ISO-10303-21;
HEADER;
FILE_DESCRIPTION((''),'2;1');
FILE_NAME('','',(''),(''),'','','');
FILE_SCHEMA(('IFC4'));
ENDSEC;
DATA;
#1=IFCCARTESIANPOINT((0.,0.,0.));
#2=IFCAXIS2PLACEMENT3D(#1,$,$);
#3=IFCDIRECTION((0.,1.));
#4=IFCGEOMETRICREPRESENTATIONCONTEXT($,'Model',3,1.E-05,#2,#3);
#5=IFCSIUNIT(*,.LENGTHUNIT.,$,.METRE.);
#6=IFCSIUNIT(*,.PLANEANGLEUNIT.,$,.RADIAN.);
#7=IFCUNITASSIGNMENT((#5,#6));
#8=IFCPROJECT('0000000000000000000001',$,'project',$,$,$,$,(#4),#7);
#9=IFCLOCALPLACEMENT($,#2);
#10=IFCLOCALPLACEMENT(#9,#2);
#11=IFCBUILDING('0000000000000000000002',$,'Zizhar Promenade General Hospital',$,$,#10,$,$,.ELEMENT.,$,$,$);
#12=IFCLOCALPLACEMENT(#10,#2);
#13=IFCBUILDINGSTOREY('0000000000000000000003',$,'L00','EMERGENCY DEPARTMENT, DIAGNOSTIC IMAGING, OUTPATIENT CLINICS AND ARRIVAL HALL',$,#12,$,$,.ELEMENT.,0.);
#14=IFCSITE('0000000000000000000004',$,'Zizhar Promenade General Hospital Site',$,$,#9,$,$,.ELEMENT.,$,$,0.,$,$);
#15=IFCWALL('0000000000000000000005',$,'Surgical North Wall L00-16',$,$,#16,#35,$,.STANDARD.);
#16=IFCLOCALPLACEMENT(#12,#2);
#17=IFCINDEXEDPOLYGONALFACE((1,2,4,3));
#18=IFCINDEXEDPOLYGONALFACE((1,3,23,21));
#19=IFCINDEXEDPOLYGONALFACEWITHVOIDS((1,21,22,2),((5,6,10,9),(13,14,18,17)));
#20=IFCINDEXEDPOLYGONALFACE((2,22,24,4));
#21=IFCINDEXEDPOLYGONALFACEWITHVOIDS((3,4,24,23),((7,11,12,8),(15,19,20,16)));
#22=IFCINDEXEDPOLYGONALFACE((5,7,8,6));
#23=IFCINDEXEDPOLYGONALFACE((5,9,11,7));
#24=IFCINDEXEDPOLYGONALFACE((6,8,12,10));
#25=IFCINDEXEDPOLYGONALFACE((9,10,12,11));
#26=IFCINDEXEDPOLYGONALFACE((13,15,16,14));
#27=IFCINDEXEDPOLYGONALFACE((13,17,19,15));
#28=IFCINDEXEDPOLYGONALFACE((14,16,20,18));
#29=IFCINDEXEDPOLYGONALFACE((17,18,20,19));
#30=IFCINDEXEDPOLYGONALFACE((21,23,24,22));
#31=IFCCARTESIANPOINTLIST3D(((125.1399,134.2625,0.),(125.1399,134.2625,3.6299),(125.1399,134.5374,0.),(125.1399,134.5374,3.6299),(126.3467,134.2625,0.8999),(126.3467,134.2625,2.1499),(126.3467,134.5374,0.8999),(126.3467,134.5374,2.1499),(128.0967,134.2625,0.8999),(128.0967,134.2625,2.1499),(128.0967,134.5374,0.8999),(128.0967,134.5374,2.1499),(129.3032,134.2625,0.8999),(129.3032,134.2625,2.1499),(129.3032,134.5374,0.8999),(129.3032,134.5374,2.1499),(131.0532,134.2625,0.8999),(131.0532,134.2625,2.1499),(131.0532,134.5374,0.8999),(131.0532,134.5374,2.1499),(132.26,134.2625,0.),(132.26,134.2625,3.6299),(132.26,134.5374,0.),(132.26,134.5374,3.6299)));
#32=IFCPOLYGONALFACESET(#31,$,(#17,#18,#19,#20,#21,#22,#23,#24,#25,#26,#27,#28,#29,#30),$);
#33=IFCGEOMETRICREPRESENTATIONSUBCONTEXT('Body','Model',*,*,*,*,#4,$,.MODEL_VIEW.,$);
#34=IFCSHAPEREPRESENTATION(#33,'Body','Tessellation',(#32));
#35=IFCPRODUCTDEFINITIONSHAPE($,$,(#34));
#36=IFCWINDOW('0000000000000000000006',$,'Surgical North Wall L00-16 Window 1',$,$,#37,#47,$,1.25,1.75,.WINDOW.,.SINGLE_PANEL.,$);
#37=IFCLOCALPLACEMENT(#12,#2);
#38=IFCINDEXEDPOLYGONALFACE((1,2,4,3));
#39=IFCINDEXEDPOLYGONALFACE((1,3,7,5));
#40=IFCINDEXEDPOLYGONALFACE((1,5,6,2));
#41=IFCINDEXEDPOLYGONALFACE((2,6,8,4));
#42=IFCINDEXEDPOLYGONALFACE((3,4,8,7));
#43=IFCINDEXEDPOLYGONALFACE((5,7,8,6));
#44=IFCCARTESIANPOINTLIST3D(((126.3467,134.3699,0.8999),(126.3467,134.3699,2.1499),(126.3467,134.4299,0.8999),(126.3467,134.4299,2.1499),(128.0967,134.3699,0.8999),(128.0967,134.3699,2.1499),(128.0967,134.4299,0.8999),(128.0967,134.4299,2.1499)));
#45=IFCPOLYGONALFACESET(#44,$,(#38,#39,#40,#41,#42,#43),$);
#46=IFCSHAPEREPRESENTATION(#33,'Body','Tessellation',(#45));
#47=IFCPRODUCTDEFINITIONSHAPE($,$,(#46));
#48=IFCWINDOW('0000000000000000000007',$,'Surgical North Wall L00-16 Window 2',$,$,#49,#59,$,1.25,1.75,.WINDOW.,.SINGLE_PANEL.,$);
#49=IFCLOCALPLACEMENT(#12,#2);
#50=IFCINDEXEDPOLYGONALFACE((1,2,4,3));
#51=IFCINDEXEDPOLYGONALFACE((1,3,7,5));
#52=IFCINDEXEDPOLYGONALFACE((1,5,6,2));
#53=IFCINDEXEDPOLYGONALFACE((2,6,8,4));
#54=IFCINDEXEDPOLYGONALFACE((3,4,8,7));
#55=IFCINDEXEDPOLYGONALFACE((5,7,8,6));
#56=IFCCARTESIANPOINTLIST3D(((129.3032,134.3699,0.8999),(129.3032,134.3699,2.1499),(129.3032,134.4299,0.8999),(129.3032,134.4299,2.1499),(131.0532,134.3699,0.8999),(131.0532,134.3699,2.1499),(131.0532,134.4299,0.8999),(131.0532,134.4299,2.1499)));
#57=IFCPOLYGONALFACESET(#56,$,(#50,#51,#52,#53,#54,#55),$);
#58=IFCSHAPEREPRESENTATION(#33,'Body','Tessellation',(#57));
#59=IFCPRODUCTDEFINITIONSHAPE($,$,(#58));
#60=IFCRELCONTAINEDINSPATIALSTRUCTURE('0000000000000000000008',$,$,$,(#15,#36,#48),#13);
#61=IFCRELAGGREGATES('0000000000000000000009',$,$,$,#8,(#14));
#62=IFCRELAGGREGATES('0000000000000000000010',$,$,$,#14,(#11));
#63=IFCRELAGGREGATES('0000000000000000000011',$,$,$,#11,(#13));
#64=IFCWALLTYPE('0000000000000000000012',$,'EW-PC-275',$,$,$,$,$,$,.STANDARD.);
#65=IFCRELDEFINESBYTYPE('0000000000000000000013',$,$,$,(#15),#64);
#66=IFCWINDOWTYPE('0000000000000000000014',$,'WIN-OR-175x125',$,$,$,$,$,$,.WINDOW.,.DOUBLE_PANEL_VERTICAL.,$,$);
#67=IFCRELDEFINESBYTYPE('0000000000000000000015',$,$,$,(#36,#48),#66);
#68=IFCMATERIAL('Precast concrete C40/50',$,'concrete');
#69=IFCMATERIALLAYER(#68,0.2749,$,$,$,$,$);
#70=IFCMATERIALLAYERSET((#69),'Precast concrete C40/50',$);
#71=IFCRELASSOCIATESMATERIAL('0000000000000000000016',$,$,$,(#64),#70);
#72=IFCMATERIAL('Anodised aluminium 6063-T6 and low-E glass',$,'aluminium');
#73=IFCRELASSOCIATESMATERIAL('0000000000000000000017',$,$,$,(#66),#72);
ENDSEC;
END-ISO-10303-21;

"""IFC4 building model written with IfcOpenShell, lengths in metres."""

from ifc_helpers import new_model, si_unit, direction, frame, frame_2d, origin, place, context, subcontext, project, spatial, rectangle, extrude, material, layer, layer_set, type_object, element, fill, save


model = new_model("IFC4")

# Units and contexts
model_context = context("Model", 3, precision=1e-05, world=origin(), true_north=direction((0.0, 1.0)))
body_context = subcontext(model_context, "Body", "Model", "MODEL_VIEW")
ifc_project = project(units=[si_unit("LENGTHUNIT", "METRE"), si_unit("PLANEANGLEUNIT", "RADIAN")], contexts=[model_context])

# Site, building, storey
site_placement = place(None, origin())
site = spatial("IfcSite", under=ifc_project, at=site_placement, Name="Zizhar Promenade General Hospital Site", CompositionType="ELEMENT", RefElevation=0.0)
building_placement = place(site_placement, origin())
building = spatial("IfcBuilding", under=site, at=building_placement, Name="Zizhar Promenade General Hospital", CompositionType="ELEMENT")
storey_placement = place(building_placement, origin())
storey = spatial("IfcBuildingStorey", under=building, at=storey_placement, Name="L00", Description="EMERGENCY DEPARTMENT, DIAGNOSTIC IMAGING, OUTPATIENT CLINICS AND ARRIVAL HALL", CompositionType="ELEMENT", Elevation=0.0)

# Wall, openings, windows
ifc_material_1 = material(Name="Precast concrete C40/50", Category="concrete")
ifc_layer_1 = layer(ifc_material_1, 0.2749)
ifc_layer_set_1 = layer_set([ifc_layer_1], Name="Precast concrete C40/50")
wall_type = type_object("IfcWallType", Name="EW-PC-275", PredefinedType="STANDARD", material=ifc_layer_set_1)
wall_placement = place(storey_placement, frame((125.1399, 134.3999, 0.0), z_axis=(0.0, 0.0, 1.0), x_axis=(1.0, 0.0, 0.0)))
wall = element("IfcWall", 1, at=wall_placement, inside=storey, type_object=wall_type, Name="Surgical North Wall L00-16", PredefinedType="STANDARD", context=body_context, shape_type="SweptSolid", body=[
    extrude(rectangle(XDim=7.1201, YDim=0.2749, at=frame_2d((3.5601, 0.0))), origin(), (0.0, 0.0, 1.0), 3.6299),
])
opening_1_placement = place(wall_placement, frame((1.2068, 0.0, 0.8999)))
opening_1 = element("IfcOpeningElement", 2, at=opening_1_placement, cuts=wall, PredefinedType="OPENING", context=body_context, shape_type="SweptSolid", body=[
    extrude(rectangle(XDim=1.75, YDim=1.25, at=frame_2d((0.875, 0.625))), frame((0.0, 0.1475, 0.0), z_axis=(0.0, -1.0, 0.0), x_axis=(1.0, 0.0, 0.0)), (0.0, 0.0, 1.0), 0.2949),
])
opening_2_placement = place(wall_placement, frame((4.1633, 0.0, 0.8999)))
opening_2 = element("IfcOpeningElement", 3, at=opening_2_placement, cuts=wall, PredefinedType="OPENING", context=body_context, shape_type="SweptSolid", body=[
    extrude(rectangle(XDim=1.75, YDim=1.25, at=frame_2d((0.875, 0.625))), frame((0.0, 0.1475, 0.0), z_axis=(0.0, -1.0, 0.0), x_axis=(1.0, 0.0, 0.0)), (0.0, 0.0, 1.0), 0.2949),
])
ifc_material_2 = material(Name="Anodised aluminium 6063-T6 and low-E glass", Category="aluminium")
window_type = type_object("IfcWindowType", Name="WIN-OR-175x125", PartitioningType="DOUBLE_PANEL_VERTICAL", PredefinedType="WINDOW", material=ifc_material_2)
window_1_placement = place(opening_1_placement, origin())
window_1 = element("IfcWindow", 4, at=window_1_placement, inside=storey, type_object=window_type, Name="Surgical North Wall L00-16 Window 1", OverallHeight=1.25, OverallWidth=1.75, PartitioningType="SINGLE_PANEL", PredefinedType="WINDOW", context=body_context, shape_type="SweptSolid", body=[
    extrude(rectangle(XDim=1.75, YDim=1.25, at=frame_2d((0.875, 0.625))), frame((0.0, 0.03, 0.0), z_axis=(0.0, -1.0, 0.0), x_axis=(1.0, 0.0, 0.0)), (0.0, 0.0, 1.0), 0.0601),
])
fill(opening_1, window_1)
window_2_placement = place(opening_2_placement, origin())
window_2 = element("IfcWindow", 5, at=window_2_placement, inside=storey, type_object=window_type, Name="Surgical North Wall L00-16 Window 2", OverallHeight=1.25, OverallWidth=1.75, PartitioningType="SINGLE_PANEL", PredefinedType="WINDOW", context=body_context, shape_type="SweptSolid", body=[
    extrude(rectangle(XDim=1.75, YDim=1.25, at=frame_2d((0.875, 0.625))), frame((0.0, 0.03, 0.0), z_axis=(0.0, -1.0, 0.0), x_axis=(1.0, 0.0, 0.0)), (0.0, 0.0, 1.0), 0.0601),
])
fill(opening_2, window_2)

save(model, "model.ifc")
